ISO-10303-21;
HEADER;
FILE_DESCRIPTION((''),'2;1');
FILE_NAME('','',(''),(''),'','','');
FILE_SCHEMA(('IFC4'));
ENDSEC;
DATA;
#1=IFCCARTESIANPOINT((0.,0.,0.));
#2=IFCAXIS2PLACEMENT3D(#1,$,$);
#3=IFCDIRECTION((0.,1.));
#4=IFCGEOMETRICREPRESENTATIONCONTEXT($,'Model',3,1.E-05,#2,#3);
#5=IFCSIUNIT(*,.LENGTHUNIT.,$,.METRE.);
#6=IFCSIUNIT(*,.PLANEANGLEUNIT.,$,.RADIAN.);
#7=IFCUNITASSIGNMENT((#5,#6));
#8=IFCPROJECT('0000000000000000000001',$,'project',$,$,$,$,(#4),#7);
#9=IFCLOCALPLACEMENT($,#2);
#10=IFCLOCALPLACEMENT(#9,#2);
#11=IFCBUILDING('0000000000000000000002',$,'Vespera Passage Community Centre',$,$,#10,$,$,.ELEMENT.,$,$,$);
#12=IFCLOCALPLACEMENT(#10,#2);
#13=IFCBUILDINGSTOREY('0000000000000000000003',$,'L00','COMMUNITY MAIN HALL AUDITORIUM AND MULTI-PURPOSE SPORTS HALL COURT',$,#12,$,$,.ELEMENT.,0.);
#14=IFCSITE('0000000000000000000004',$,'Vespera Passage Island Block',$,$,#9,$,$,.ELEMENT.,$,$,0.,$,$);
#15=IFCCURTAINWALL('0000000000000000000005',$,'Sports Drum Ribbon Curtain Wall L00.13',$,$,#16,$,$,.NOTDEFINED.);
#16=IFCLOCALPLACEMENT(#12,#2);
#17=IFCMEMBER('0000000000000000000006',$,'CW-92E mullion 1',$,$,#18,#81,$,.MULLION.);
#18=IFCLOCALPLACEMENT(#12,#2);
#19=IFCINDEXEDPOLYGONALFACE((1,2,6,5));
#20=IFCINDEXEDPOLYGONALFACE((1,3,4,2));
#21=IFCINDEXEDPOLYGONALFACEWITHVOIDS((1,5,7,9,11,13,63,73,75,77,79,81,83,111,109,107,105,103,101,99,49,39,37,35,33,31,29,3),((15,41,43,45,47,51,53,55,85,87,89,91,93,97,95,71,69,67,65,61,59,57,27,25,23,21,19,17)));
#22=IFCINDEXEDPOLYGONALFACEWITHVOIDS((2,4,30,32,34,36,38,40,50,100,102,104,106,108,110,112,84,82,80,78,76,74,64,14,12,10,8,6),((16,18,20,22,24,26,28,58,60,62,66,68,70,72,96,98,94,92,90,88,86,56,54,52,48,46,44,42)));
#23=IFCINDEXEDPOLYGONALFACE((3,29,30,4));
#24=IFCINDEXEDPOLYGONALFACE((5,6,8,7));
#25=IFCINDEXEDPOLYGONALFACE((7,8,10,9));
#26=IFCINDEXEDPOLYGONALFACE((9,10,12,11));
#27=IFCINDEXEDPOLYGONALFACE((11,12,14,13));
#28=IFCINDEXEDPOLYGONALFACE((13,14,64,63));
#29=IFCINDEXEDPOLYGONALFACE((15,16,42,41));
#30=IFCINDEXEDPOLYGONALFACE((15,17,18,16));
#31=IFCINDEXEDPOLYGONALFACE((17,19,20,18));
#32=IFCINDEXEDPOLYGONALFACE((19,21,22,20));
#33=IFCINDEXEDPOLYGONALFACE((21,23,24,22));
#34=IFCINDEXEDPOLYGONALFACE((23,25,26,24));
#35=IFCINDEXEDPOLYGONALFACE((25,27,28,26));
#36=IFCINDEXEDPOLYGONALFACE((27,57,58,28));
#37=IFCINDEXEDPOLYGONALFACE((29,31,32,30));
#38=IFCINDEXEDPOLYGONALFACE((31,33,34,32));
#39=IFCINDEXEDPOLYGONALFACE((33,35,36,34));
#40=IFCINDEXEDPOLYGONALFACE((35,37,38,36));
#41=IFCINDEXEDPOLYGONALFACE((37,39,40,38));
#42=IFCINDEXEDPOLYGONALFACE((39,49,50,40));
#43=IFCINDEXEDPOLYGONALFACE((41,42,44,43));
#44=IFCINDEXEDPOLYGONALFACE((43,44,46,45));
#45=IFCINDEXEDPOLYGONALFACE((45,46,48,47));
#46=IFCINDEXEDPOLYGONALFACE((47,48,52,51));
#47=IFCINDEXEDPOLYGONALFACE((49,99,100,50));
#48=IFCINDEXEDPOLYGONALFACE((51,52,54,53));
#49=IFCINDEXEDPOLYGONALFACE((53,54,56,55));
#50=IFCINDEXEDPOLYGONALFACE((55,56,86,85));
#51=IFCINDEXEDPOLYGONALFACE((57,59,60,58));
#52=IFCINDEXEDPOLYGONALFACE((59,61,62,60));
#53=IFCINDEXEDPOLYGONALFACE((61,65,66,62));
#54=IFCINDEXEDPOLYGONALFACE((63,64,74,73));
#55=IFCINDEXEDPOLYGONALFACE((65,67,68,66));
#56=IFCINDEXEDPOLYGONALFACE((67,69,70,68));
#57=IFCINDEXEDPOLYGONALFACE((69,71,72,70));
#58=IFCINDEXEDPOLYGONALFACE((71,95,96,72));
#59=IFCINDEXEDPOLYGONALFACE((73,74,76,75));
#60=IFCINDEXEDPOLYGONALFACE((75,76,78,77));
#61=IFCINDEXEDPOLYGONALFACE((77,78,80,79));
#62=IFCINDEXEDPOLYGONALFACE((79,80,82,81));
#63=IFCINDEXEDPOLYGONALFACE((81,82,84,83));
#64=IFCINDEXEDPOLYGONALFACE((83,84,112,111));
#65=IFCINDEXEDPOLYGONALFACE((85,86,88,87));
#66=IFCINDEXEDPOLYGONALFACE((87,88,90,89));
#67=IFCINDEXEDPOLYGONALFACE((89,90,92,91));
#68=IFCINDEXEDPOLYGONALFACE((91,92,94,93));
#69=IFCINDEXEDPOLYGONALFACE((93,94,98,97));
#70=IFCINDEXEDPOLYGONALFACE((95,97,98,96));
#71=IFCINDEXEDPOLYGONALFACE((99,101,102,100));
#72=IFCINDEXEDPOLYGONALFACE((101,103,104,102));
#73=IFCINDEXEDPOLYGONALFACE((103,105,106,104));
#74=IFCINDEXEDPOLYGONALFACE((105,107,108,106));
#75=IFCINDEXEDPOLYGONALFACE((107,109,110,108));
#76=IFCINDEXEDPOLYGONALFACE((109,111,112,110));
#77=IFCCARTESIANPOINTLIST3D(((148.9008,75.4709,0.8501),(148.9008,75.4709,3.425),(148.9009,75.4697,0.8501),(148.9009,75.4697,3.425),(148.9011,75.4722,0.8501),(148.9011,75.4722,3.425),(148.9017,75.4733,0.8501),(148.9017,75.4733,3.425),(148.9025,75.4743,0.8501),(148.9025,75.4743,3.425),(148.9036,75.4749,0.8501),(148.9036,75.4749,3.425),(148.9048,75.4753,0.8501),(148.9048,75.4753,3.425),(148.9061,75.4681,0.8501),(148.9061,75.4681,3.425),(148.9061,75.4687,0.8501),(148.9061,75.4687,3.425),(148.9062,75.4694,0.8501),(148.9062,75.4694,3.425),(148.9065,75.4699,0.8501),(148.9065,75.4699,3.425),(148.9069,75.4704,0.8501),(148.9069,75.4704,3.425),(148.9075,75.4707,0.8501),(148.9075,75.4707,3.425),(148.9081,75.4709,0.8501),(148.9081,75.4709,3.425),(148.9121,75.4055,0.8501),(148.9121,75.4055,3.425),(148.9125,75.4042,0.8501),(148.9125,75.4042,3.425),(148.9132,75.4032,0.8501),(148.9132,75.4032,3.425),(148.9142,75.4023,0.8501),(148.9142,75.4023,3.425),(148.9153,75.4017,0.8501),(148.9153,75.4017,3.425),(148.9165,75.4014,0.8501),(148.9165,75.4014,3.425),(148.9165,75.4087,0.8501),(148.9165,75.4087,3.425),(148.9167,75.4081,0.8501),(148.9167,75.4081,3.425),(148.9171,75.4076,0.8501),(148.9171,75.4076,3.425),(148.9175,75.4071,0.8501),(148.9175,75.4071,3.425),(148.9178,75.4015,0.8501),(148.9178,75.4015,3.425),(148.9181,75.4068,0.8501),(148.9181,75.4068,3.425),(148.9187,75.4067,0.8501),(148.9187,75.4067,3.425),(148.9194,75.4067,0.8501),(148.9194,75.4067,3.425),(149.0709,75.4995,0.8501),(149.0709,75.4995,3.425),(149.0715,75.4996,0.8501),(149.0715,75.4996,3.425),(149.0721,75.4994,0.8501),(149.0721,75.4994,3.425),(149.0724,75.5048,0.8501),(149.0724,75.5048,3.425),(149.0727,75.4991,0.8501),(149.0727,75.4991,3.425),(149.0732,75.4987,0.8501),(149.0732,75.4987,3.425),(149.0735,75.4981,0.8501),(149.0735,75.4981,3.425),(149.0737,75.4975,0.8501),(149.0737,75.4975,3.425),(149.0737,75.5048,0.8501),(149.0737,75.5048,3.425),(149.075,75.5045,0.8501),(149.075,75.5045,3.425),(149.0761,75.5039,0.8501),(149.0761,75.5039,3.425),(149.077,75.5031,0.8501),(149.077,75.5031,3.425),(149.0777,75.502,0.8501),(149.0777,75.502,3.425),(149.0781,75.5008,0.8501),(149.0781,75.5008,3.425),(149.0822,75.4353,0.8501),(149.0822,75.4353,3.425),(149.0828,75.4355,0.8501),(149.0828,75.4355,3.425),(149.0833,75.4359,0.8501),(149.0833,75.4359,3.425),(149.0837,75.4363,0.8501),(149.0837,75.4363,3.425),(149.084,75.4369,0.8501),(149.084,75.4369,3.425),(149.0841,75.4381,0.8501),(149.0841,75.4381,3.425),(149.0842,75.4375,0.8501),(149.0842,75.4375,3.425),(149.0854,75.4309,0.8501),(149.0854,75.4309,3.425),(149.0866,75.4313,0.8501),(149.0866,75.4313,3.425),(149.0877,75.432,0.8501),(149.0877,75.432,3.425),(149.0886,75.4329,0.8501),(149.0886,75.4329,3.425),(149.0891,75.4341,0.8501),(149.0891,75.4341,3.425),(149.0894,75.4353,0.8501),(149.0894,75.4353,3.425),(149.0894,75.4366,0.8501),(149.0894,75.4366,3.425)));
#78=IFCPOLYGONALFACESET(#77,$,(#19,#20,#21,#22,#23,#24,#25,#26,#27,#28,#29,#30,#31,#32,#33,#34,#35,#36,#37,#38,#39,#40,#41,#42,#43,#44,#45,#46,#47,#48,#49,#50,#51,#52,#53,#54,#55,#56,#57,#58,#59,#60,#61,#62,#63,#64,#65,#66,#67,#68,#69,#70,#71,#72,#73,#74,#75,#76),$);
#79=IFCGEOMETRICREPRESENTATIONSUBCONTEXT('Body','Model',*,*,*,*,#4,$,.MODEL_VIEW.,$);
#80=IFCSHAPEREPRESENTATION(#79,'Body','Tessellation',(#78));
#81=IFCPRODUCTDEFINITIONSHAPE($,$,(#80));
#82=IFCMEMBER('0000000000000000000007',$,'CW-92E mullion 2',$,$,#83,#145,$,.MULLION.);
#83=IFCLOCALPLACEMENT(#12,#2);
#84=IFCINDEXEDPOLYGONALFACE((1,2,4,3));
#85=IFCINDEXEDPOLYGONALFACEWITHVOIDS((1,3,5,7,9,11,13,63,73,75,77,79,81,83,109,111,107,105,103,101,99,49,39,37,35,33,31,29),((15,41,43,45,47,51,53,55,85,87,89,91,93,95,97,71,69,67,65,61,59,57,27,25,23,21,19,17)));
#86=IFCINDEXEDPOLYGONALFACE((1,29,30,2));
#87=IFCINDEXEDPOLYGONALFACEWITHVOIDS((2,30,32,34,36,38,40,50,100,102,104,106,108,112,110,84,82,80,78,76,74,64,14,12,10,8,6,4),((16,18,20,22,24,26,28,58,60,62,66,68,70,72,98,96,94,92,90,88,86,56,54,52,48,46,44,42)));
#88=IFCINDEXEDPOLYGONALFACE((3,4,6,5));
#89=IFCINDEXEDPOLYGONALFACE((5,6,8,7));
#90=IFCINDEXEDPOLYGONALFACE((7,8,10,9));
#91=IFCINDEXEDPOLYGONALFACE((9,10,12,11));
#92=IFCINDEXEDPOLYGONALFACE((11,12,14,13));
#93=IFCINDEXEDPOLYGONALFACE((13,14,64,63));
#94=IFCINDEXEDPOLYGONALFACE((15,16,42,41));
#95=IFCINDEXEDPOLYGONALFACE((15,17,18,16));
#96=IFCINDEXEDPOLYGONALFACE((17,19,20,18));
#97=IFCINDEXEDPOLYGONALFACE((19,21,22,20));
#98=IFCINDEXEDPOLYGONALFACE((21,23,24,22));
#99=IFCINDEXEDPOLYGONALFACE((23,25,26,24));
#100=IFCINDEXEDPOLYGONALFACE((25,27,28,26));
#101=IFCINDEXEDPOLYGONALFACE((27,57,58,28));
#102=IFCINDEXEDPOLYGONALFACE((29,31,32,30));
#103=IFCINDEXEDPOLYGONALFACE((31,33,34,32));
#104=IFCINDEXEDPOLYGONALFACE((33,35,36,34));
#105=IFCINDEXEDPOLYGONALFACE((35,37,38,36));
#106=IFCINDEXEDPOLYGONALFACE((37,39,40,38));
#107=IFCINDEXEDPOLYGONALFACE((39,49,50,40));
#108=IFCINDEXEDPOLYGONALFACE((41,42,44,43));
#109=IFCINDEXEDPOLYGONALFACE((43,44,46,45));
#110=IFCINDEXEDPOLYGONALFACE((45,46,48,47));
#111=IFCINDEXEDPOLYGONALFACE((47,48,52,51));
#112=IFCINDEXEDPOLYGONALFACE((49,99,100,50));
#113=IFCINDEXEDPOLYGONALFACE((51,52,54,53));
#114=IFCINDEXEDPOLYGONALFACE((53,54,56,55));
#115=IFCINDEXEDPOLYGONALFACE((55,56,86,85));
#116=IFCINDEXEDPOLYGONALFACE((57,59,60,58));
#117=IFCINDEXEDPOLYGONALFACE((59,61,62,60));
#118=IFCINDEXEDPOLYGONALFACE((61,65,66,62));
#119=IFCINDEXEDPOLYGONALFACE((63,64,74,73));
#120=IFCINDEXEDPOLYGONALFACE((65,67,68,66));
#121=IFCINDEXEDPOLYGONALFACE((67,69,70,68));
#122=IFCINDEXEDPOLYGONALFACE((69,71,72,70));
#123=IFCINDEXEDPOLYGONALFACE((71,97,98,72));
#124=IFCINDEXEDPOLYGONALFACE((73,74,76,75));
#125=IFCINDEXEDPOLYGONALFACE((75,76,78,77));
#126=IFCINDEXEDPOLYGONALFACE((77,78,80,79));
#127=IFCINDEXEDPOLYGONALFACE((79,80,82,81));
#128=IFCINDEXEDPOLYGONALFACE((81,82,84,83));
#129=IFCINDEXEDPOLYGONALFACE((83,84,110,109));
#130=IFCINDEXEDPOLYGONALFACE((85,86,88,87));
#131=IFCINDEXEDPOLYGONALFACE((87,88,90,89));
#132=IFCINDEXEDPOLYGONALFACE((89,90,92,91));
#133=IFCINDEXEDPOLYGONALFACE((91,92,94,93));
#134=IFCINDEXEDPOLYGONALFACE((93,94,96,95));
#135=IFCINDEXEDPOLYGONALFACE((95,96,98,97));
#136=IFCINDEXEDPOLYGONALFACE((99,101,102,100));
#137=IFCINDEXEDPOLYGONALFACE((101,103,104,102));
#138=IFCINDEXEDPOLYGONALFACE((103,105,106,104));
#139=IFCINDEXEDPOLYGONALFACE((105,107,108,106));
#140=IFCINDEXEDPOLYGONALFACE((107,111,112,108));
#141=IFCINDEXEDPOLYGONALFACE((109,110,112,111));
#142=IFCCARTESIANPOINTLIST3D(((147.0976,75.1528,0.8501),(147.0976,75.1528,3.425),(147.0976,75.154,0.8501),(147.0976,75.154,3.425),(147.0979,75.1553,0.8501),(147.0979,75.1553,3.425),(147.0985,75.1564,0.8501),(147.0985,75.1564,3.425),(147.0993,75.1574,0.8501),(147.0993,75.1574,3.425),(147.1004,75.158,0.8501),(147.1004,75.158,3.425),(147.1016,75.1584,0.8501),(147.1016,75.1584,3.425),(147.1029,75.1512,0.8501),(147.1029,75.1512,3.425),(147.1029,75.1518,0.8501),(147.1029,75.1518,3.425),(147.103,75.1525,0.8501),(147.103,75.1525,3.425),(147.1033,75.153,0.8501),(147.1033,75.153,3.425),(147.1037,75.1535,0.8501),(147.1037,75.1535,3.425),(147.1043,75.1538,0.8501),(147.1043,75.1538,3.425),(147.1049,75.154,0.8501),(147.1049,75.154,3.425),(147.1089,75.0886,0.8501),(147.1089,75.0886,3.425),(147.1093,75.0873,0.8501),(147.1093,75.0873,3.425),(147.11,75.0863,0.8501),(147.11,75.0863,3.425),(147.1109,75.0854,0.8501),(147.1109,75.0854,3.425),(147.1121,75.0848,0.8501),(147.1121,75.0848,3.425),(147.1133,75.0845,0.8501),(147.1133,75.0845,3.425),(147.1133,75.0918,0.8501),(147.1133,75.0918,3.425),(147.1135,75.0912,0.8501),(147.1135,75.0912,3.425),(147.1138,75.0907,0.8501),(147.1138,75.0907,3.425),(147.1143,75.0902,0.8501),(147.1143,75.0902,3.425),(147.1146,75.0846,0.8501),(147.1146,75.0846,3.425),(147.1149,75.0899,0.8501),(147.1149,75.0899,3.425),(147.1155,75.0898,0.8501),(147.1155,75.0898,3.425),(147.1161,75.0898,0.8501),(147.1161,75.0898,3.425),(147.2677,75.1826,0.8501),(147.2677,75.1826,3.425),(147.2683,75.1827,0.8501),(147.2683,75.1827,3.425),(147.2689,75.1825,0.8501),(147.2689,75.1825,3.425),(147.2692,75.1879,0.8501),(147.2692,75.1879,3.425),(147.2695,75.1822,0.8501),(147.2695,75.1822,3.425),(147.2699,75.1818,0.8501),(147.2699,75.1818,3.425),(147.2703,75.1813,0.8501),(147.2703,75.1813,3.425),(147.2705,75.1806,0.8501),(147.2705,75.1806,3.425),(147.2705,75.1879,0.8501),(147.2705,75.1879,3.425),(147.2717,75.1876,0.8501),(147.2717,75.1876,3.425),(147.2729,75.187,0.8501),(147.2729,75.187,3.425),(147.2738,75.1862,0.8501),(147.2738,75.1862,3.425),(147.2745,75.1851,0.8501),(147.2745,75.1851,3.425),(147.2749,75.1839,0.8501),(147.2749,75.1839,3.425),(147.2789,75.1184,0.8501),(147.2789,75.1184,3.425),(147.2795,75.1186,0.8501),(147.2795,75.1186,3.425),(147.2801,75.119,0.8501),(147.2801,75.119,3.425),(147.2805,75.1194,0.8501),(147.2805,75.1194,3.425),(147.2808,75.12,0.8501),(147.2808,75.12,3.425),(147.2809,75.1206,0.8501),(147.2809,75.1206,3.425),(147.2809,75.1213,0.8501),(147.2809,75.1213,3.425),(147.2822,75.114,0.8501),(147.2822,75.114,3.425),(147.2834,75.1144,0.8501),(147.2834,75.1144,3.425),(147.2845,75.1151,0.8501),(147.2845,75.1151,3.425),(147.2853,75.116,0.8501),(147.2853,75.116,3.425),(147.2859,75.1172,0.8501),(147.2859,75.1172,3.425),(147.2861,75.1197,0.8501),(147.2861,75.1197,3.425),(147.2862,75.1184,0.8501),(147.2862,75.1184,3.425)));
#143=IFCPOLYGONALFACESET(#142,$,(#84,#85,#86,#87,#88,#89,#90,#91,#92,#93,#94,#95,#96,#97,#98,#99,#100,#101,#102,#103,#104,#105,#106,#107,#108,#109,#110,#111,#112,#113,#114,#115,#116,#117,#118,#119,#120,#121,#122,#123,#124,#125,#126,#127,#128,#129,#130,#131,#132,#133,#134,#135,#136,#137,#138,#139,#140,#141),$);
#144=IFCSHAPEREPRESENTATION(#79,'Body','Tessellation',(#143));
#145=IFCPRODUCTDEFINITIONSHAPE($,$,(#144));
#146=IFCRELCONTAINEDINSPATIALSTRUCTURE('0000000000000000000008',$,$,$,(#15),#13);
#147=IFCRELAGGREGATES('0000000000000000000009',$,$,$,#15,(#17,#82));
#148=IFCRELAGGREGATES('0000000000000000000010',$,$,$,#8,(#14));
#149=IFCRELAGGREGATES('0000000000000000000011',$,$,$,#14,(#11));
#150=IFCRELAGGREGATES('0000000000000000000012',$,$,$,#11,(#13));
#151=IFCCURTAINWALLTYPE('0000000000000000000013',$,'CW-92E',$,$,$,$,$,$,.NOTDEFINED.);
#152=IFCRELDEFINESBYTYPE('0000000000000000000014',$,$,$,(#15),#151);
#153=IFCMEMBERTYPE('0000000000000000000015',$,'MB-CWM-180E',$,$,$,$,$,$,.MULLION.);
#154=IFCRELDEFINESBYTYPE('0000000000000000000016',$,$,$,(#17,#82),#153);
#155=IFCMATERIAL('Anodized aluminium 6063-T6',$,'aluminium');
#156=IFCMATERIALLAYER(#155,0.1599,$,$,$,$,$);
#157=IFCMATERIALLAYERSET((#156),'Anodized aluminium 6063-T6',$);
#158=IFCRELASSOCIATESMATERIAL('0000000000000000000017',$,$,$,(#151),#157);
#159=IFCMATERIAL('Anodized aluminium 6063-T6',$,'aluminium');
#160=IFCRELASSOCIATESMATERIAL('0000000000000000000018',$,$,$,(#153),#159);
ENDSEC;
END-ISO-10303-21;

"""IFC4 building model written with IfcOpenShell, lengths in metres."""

from ifc_helpers import new_model, si_unit, direction, frame, origin, origin_2d, place, context, subcontext, project, spatial, hollow_rectangle, extrude, material, layer, layer_set, material_profile, profile_set, type_object, element, aggregate, save


model = new_model("IFC4")

# Units and contexts
model_context = context("Model", 3, precision=1e-05, world=origin(), true_north=direction((0.0, 1.0)))
body_context = subcontext(model_context, "Body", "Model", "MODEL_VIEW")
ifc_project = project(units=[si_unit("LENGTHUNIT", "METRE"), si_unit("PLANEANGLEUNIT", "RADIAN")], contexts=[model_context])

# Site, building, storey
site_placement = place(None, origin())
site = spatial("IfcSite", under=ifc_project, at=site_placement, Name="Vespera Passage Island Block", CompositionType="ELEMENT", RefElevation=0.0)
building_placement = place(site_placement, origin())
building = spatial("IfcBuilding", under=site, at=building_placement, Name="Vespera Passage Community Centre", CompositionType="ELEMENT")
storey_placement = place(building_placement, origin())
storey = spatial("IfcBuildingStorey", under=building, at=storey_placement, Name="L00", Description="COMMUNITY MAIN HALL AUDITORIUM AND MULTI-PURPOSE SPORTS HALL COURT", CompositionType="ELEMENT", Elevation=0.0)

# Curtain wall, members
ifc_material_1 = material(Name="Anodized aluminium 6063-T6", Category="aluminium")
ifc_layer_1 = layer(ifc_material_1, 0.1599)
ifc_layer_set_1 = layer_set([ifc_layer_1], Name="Anodized aluminium 6063-T6")
curtain_wall_type_1 = type_object("IfcCurtainWallType", Name="CW-92E", PredefinedType="NOTDEFINED", material=ifc_layer_set_1)
curtain_wall_1_placement = place(storey_placement, origin())
curtain_wall_1 = element("IfcCurtainWall", 1, at=curtain_wall_1_placement, inside=storey, type_object=curtain_wall_type_1, Name="Sports Drum Ribbon Curtain Wall L00.13", PredefinedType="NOTDEFINED")
ifc_material_2 = material(Name="Anodized aluminium 6063-T6", Category="aluminium")
ifc_material_profile_1 = material_profile(ifc_material_2, hollow_rectangle(XDim=0.075, YDim=0.1799, WallThickness=0.0049, InnerFilletRadius=0.0024, OuterFilletRadius=0.0049, at=origin_2d()), Name="ALU180X75X5")
ifc_profile_set_1 = profile_set([ifc_material_profile_1], Name="Anodized aluminium 6063-T6")
member_type_1 = type_object("IfcMemberType", Name="MB-CWM-180E", PredefinedType="MULLION", material=ifc_profile_set_1)
member_1_placement = place(storey_placement, frame((148.9951, 75.4531, 0.8501), z_axis=(0.0, 0.0, 1.0), x_axis=(0.172994, -0.984923, 0.0)))
member_1 = element("IfcMember", 2, at=member_1_placement, type_object=member_type_1, Name="CW-92E mullion 1", PredefinedType="MULLION", context=body_context, shape_type="SweptSolid", body=[
    extrude(hollow_rectangle(XDim=0.075, YDim=0.1799, WallThickness=0.0049, InnerFilletRadius=0.0024, OuterFilletRadius=0.0049, at=origin_2d()), origin(), (0.0, 0.0, 1.0), 2.575),
])
member_2_placement = place(storey_placement, frame((147.1919, 75.1362, 0.8501), z_axis=(0.0, 0.0, 1.0), x_axis=(0.172994, -0.984923, 0.0)))
member_2 = element("IfcMember", 3, at=member_2_placement, type_object=member_type_1, Name="CW-92E mullion 2", PredefinedType="MULLION", context=body_context, shape_type="SweptSolid", body=[
    extrude(hollow_rectangle(XDim=0.075, YDim=0.1799, WallThickness=0.0049, InnerFilletRadius=0.0024, OuterFilletRadius=0.0049, at=origin_2d()), origin(), (0.0, 0.0, 1.0), 2.575),
])

aggregate(curtain_wall_1, [member_1, member_2])

save(model, "model.ifc")
